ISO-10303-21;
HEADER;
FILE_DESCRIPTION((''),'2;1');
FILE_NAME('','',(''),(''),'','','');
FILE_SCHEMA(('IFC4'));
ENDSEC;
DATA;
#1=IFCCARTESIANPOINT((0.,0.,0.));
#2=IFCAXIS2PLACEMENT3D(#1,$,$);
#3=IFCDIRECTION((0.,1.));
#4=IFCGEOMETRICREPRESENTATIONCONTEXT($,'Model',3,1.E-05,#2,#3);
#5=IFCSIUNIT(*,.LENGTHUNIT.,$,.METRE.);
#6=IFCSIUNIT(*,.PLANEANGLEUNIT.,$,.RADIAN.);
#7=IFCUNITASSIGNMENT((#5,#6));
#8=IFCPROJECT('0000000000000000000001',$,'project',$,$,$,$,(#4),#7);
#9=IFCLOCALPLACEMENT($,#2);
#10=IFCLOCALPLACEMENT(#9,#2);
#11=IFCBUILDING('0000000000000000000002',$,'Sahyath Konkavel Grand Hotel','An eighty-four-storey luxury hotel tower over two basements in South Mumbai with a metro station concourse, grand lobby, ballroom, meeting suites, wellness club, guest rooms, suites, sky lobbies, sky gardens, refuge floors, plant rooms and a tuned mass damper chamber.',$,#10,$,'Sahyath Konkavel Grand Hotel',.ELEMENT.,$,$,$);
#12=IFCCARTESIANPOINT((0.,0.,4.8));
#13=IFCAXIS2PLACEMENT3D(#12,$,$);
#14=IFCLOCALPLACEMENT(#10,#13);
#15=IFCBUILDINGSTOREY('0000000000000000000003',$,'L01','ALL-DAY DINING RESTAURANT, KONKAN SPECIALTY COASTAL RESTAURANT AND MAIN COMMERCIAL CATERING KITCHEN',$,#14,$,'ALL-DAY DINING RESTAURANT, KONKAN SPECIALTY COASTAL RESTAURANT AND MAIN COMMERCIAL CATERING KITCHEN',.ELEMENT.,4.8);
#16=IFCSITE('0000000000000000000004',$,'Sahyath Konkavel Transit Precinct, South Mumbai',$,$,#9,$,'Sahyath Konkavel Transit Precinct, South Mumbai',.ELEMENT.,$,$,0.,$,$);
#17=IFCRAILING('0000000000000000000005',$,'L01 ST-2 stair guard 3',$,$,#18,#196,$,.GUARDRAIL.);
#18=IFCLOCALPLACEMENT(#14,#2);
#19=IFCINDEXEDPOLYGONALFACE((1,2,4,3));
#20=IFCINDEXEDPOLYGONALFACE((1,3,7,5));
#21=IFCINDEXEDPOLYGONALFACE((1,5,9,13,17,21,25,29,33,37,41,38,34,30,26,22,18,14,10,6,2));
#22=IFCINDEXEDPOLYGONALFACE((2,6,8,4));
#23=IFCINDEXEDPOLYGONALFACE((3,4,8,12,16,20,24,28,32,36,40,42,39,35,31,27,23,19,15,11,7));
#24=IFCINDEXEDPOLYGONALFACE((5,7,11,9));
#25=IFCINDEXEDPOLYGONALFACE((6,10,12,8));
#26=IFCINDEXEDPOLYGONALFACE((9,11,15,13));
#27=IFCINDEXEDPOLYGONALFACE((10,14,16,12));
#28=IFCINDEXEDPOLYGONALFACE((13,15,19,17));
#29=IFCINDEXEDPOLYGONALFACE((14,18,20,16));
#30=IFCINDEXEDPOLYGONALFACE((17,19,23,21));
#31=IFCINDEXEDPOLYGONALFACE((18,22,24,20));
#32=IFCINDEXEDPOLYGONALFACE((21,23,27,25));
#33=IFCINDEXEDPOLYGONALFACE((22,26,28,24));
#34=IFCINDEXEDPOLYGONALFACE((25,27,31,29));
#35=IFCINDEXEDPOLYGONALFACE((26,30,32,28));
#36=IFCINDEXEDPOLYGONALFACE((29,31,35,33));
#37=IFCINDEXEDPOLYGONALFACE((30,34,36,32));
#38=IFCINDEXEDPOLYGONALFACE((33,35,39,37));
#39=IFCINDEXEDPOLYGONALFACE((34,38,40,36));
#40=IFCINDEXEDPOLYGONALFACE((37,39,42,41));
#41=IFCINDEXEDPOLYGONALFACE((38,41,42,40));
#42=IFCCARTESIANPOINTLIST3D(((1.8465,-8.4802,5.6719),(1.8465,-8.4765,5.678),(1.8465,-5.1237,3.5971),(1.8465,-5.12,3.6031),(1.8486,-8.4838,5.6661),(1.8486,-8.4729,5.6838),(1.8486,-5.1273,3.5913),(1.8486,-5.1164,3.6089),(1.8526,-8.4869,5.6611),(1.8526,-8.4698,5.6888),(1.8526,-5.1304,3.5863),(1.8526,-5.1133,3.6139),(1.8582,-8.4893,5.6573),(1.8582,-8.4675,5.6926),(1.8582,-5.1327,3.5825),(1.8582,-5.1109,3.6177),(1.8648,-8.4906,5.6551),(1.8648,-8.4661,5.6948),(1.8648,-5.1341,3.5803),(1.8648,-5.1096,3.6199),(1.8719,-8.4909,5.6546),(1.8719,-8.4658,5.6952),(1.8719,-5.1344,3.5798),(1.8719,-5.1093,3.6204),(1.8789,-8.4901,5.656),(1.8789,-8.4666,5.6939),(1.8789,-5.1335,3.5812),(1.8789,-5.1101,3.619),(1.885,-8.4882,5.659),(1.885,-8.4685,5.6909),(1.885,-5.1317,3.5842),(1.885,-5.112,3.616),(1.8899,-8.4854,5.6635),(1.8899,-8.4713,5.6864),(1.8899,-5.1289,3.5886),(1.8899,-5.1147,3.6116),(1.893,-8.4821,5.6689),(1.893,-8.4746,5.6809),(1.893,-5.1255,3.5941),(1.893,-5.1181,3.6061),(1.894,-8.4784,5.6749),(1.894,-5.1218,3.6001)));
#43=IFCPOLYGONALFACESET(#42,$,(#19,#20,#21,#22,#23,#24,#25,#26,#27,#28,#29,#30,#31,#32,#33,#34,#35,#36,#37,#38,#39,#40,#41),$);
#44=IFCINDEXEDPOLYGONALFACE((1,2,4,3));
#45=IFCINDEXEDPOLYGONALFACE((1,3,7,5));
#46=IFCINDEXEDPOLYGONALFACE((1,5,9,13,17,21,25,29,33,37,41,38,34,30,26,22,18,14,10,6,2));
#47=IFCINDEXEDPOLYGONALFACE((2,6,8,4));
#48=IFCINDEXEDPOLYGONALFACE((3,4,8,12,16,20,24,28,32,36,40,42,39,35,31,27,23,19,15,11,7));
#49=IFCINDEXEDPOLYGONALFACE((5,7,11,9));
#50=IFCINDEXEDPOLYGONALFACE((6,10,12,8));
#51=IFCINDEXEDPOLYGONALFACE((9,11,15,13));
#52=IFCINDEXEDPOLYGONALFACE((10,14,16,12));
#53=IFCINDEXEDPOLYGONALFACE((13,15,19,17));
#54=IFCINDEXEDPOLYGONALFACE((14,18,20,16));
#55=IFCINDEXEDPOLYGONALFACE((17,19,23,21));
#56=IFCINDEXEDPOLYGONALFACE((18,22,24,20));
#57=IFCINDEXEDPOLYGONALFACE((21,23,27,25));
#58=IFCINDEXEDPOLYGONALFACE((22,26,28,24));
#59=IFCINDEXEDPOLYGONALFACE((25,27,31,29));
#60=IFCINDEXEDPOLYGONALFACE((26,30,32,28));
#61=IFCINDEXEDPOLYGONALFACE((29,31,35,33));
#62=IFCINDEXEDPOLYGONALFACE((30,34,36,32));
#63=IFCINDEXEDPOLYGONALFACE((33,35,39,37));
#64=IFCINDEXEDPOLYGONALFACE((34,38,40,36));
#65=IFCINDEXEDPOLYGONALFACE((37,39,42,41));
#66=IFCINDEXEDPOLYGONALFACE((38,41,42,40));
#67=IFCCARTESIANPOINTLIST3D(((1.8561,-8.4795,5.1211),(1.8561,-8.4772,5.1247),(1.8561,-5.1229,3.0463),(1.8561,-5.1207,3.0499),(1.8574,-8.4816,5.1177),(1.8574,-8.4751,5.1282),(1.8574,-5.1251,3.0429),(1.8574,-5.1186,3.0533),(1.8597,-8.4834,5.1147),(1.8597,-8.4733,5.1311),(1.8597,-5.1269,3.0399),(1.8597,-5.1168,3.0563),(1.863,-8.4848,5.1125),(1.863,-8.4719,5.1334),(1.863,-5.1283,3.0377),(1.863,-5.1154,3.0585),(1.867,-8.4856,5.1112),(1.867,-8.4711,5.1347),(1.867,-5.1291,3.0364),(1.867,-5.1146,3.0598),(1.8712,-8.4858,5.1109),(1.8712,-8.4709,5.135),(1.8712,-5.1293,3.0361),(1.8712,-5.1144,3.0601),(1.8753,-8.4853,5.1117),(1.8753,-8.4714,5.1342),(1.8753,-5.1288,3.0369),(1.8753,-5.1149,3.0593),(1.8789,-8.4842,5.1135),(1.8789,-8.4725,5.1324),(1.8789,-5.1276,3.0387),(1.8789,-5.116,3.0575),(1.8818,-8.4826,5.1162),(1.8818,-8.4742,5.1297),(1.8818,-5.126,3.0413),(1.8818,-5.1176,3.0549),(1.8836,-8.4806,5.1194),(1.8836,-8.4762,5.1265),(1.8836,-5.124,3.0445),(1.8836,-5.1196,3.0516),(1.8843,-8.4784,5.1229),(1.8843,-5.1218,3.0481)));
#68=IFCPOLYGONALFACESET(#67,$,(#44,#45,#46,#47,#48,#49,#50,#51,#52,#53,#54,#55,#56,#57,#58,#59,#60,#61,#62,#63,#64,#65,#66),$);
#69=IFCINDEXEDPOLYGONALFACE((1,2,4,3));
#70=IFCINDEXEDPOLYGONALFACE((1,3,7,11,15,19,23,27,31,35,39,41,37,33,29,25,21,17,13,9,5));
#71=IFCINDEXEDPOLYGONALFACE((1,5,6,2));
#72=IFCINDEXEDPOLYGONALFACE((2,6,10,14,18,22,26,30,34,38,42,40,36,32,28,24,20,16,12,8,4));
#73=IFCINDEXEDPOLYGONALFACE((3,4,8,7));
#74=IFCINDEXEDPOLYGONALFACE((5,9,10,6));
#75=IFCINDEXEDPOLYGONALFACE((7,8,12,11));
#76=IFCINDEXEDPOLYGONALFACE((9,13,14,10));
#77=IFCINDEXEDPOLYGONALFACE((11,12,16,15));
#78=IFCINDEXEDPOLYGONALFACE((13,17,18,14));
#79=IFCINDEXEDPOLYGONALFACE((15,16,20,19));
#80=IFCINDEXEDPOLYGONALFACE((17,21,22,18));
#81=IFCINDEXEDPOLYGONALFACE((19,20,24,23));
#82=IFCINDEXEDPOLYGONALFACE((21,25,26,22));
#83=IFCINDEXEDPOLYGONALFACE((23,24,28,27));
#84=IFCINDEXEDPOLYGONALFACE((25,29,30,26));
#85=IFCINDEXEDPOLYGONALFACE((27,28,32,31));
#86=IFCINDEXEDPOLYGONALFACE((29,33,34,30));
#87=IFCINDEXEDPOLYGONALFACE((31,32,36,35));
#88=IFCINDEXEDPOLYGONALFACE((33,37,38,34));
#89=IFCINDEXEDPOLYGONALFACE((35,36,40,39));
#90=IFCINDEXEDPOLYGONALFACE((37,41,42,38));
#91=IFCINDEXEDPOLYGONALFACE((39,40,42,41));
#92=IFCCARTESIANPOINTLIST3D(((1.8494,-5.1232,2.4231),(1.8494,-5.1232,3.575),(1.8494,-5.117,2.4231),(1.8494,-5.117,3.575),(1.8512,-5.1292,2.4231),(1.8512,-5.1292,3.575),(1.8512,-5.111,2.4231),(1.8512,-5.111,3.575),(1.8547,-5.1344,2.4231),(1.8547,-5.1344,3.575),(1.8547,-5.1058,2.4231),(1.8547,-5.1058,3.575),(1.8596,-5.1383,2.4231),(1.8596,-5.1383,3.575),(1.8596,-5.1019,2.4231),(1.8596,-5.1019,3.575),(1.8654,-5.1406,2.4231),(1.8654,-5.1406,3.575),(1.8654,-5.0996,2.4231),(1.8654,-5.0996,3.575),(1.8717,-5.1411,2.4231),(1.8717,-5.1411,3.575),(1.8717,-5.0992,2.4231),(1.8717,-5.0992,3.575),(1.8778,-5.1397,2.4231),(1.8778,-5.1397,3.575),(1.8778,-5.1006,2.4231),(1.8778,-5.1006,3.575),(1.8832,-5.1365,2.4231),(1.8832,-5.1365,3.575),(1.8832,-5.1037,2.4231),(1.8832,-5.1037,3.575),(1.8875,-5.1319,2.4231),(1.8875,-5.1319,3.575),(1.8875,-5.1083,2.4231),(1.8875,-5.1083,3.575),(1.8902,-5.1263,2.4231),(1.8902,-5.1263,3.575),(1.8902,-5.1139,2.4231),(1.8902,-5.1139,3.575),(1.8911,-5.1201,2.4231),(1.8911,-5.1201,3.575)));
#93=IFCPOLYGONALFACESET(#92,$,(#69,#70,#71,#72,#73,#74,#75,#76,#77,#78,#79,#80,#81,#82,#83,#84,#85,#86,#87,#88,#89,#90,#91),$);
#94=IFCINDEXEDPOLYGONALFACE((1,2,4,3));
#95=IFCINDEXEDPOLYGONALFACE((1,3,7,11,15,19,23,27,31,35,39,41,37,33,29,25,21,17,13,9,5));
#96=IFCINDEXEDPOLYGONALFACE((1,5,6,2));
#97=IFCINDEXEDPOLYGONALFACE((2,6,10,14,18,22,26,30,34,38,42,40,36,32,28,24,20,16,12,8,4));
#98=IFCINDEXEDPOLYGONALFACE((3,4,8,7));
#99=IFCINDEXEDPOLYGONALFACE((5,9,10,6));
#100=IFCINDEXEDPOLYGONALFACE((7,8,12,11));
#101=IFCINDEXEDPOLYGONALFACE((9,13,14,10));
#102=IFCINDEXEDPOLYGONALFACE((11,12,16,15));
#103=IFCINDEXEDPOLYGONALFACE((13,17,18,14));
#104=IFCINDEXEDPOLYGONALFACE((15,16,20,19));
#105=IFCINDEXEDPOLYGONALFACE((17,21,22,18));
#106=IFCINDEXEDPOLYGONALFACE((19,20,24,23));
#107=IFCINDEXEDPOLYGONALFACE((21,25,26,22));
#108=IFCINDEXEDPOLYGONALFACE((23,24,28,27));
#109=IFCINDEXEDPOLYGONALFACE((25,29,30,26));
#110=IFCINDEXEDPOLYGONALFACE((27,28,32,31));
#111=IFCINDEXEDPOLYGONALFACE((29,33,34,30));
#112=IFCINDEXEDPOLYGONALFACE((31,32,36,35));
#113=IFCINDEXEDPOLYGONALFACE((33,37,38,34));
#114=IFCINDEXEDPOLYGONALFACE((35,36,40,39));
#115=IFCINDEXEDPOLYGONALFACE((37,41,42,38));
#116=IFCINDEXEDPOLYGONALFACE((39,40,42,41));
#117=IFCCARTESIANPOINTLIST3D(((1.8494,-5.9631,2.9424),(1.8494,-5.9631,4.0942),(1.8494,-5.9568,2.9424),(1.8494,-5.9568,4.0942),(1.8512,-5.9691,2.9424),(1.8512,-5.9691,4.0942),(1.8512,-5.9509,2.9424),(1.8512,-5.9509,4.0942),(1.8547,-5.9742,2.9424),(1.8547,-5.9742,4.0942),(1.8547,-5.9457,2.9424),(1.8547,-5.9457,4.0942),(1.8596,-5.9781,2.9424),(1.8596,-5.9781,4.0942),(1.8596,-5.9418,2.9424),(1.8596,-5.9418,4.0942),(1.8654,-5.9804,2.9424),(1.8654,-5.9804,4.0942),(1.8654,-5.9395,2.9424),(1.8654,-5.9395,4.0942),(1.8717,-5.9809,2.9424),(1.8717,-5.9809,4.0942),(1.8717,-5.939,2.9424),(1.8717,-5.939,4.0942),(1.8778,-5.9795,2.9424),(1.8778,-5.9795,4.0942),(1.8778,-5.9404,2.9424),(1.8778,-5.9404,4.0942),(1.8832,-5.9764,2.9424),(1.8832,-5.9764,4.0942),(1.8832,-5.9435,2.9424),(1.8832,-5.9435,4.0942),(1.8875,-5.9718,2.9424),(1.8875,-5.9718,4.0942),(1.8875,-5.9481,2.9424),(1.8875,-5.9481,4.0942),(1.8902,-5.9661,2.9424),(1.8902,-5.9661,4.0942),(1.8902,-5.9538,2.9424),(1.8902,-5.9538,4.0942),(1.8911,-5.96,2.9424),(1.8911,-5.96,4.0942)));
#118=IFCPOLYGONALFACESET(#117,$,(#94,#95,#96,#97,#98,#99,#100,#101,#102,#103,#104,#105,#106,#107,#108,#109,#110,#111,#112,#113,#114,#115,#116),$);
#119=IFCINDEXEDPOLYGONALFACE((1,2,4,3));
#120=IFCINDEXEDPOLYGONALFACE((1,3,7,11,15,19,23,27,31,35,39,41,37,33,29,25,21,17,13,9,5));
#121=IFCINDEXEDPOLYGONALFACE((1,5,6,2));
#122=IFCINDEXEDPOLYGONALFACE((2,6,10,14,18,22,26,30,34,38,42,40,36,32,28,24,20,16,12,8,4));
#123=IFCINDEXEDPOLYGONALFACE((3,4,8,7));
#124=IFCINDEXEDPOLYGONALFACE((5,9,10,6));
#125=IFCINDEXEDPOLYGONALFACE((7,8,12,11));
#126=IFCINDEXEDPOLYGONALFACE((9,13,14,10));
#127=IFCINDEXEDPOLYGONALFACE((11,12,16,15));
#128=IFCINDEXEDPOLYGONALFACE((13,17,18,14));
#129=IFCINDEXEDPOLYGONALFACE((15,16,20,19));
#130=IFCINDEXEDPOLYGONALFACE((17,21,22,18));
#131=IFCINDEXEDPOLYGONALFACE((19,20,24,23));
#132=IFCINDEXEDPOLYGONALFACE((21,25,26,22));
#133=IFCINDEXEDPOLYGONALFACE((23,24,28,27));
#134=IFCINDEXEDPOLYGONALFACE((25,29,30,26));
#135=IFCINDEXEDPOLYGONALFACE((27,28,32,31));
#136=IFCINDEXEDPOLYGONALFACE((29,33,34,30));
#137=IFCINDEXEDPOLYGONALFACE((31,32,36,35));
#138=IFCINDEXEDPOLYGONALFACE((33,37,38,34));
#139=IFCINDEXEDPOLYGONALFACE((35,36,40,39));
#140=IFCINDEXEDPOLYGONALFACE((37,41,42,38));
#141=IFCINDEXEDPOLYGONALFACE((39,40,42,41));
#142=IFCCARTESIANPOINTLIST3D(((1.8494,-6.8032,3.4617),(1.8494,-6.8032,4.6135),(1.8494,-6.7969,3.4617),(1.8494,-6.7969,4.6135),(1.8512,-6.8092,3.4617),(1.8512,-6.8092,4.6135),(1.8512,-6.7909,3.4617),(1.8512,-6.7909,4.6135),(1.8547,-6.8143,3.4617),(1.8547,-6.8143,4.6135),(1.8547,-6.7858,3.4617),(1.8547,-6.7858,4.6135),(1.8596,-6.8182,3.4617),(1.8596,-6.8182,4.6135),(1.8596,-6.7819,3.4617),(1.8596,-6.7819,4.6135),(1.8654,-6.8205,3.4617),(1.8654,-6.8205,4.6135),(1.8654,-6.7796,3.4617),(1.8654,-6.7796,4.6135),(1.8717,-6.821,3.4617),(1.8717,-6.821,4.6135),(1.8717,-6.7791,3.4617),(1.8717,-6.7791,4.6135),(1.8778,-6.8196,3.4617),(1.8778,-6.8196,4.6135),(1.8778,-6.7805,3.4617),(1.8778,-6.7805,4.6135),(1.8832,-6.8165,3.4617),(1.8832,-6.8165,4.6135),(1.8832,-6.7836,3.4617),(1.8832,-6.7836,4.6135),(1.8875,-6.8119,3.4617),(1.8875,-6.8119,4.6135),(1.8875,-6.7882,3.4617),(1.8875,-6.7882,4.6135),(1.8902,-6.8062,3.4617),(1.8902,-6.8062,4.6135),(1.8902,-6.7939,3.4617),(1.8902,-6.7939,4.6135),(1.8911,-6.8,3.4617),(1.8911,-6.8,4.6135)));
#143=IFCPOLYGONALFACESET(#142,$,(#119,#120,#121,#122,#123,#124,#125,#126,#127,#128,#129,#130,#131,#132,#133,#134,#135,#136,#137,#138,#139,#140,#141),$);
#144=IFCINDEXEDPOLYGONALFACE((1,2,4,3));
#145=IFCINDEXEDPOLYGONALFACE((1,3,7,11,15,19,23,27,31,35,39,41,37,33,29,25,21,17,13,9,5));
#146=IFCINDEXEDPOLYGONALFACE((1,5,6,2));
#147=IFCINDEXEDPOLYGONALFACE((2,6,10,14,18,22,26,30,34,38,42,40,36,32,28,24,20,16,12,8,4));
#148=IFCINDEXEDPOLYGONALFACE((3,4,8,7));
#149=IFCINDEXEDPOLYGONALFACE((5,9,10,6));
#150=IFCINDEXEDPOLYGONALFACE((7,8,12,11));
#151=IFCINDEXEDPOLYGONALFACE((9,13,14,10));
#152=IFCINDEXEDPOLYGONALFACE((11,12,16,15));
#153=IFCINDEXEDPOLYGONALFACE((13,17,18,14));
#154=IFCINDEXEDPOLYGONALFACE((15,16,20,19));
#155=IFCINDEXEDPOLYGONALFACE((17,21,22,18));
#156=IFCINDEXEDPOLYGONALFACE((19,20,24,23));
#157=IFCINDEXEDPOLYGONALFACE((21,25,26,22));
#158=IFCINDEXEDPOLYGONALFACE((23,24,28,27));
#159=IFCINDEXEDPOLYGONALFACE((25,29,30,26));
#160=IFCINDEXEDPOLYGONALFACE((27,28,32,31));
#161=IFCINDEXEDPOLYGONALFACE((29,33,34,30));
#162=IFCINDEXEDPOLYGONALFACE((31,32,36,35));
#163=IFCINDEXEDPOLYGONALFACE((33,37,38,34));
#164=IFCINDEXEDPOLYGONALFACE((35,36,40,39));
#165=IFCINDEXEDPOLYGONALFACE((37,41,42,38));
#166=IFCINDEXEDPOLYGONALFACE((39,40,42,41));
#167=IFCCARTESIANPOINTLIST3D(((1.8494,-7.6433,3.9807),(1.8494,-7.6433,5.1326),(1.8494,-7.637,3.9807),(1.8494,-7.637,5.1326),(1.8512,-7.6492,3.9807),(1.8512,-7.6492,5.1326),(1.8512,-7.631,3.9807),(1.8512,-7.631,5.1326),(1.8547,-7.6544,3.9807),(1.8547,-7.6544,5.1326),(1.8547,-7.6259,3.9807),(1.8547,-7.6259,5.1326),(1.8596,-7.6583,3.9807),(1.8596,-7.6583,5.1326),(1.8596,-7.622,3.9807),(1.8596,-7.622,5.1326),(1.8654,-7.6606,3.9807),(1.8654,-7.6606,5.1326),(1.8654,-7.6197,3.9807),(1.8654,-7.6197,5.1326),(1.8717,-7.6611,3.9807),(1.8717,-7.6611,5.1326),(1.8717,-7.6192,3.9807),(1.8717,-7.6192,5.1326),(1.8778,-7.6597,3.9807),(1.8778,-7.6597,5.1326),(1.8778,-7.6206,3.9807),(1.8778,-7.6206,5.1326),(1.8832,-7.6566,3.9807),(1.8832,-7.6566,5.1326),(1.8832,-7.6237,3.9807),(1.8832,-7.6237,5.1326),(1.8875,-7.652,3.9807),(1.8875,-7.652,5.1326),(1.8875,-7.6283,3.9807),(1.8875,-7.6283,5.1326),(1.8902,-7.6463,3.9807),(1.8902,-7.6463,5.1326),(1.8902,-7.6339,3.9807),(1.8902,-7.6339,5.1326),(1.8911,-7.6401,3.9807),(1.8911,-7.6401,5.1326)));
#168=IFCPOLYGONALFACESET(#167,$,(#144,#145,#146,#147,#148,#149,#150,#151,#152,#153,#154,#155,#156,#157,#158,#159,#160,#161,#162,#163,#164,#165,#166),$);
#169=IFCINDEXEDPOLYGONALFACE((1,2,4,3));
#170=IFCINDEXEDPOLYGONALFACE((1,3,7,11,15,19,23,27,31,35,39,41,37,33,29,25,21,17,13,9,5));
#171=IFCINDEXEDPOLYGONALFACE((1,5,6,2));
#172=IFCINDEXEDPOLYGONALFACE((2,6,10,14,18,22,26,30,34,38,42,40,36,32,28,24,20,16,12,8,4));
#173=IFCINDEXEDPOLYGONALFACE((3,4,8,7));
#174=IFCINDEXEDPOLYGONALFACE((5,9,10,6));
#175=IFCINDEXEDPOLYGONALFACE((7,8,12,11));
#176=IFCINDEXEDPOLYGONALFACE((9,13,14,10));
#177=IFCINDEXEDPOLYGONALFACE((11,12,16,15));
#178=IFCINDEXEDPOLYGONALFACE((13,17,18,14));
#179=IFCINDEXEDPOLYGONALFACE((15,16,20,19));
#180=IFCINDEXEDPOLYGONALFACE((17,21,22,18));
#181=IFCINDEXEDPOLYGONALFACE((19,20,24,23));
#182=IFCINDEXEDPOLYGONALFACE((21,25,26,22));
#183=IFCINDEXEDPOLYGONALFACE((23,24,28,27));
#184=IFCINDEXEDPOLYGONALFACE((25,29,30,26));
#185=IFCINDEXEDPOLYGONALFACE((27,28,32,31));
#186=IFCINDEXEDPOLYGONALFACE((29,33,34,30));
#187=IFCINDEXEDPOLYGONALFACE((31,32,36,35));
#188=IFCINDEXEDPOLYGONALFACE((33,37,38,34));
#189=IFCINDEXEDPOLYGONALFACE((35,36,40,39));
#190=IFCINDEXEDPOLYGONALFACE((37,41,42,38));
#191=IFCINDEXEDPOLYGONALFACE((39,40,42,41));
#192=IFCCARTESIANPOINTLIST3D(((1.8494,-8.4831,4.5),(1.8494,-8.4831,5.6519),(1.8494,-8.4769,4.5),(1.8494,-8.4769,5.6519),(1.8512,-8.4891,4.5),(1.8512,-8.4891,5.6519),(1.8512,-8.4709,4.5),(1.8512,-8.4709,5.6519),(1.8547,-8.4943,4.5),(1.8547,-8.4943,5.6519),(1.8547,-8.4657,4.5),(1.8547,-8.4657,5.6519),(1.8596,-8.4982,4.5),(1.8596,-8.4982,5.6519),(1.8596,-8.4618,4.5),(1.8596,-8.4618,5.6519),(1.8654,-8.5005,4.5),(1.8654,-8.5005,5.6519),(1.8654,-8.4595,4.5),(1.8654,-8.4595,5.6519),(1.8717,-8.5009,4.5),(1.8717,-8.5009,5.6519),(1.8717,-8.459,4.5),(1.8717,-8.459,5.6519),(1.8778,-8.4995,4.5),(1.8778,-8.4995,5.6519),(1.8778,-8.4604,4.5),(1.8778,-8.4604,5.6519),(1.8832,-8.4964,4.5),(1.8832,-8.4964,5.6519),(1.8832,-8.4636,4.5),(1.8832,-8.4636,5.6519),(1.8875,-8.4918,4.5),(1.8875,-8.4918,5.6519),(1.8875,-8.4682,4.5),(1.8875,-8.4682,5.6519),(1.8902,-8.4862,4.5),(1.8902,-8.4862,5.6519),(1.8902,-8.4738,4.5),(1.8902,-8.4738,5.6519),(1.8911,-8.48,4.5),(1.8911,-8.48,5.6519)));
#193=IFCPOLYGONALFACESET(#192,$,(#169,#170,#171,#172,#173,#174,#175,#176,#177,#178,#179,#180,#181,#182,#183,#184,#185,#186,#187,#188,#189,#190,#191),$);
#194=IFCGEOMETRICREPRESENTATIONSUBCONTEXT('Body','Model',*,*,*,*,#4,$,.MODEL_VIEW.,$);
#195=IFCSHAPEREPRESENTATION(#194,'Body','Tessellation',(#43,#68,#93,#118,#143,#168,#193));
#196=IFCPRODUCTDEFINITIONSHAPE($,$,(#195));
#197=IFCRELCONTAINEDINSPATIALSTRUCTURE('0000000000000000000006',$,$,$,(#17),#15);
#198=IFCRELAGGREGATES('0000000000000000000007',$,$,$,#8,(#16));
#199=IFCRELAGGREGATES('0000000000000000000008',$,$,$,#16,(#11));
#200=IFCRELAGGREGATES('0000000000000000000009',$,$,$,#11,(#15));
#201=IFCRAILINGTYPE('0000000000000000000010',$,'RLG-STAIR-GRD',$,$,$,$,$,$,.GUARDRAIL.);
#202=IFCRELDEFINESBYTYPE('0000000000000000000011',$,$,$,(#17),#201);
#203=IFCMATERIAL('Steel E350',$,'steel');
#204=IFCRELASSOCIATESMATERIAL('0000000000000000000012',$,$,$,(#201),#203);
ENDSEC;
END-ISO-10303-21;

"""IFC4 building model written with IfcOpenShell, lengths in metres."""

from ifc_helpers import new_model, si_unit, direction, frame, origin, origin_2d, place, context, subcontext, project, spatial, circle, extrude, material, type_object, element, save


model = new_model("IFC4")

# Units and contexts
model_context = context("Model", 3, precision=1e-05, world=origin(), true_north=direction((0.0, 1.0)))
body_context = subcontext(model_context, "Body", "Model", "MODEL_VIEW")
ifc_project = project(units=[si_unit("LENGTHUNIT", "METRE"), si_unit("PLANEANGLEUNIT", "RADIAN")], contexts=[model_context])

# Site, building, storey
site_placement = place(None, origin())
site = spatial("IfcSite", under=ifc_project, at=site_placement, Name="Sahyath Konkavel Transit Precinct, South Mumbai", LongName="Sahyath Konkavel Transit Precinct, South Mumbai", CompositionType="ELEMENT", RefElevation=0.0)
building_placement = place(site_placement, origin())
building = spatial("IfcBuilding", under=site, at=building_placement, Name="Sahyath Konkavel Grand Hotel", Description="An eighty-four-storey luxury hotel tower over two basements in South Mumbai with a metro station concourse, grand lobby, ballroom, meeting suites, wellness club, guest rooms, suites, sky lobbies, sky gardens, refuge floors, plant rooms and a tuned mass damper chamber.", LongName="Sahyath Konkavel Grand Hotel", CompositionType="ELEMENT")
storey_placement = place(building_placement, frame((0.0, 0.0, 4.8)))
storey = spatial("IfcBuildingStorey", under=building, at=storey_placement, Name="L01", Description="ALL-DAY DINING RESTAURANT, KONKAN SPECIALTY COASTAL RESTAURANT AND MAIN COMMERCIAL CATERING KITCHEN", LongName="ALL-DAY DINING RESTAURANT, KONKAN SPECIALTY COASTAL RESTAURANT AND MAIN COMMERCIAL CATERING KITCHEN", CompositionType="ELEMENT", Elevation=4.8)

# Shared definitions
ifc_material_1 = material(Name="Steel E350", Category="steel")

# Railing
railing_type_1 = type_object("IfcRailingType", Name="RLG-STAIR-GRD", PredefinedType="GUARDRAIL", material=ifc_material_1)
railing_1_placement = place(storey_placement, frame((1.8701, -5.1201, 2.4231)))
element("IfcRailing", 1, at=railing_1_placement, inside=storey, type_object=railing_type_1, Name="L01 ST-2 stair guard 3", PredefinedType="GUARDRAIL", context=body_context, shape_type="SweptSolid", body=[
    extrude(circle(Radius=0.0239, at=origin_2d()), frame((0.0, -0.0017, 1.177), z_axis=(0.0, -0.850606, 0.525803), x_axis=(1.0, 0.0, 0.0)), (0.0, 0.0, 1.0), 3.946),
    extrude(circle(Radius=0.0142, at=origin_2d()), frame((0.0, -0.0017, 0.625), z_axis=(0.0, -0.850606, 0.525803), x_axis=(1.0, 0.0, 0.0)), (0.0, 0.0, 1.0), 3.946),
    extrude(circle(Radius=0.021, at=origin_2d()), origin(), (0.0, 0.0, 1.0), 1.1519),
    extrude(circle(Radius=0.021, at=origin_2d()), frame((0.0, -0.8398, 0.5193)), (0.0, 0.0, 1.0), 1.1519),
    extrude(circle(Radius=0.021, at=origin_2d()), frame((0.0, -1.6799, 1.0386)), (0.0, 0.0, 1.0), 1.1519),
    extrude(circle(Radius=0.021, at=origin_2d()), frame((0.0, -2.52, 1.5576)), (0.0, 0.0, 1.0), 1.1519),
    extrude(circle(Radius=0.021, at=origin_2d()), frame((0.0, -3.3599, 2.0769)), (0.0, 0.0, 1.0), 1.1519),
])

save(model, "model.ifc")
